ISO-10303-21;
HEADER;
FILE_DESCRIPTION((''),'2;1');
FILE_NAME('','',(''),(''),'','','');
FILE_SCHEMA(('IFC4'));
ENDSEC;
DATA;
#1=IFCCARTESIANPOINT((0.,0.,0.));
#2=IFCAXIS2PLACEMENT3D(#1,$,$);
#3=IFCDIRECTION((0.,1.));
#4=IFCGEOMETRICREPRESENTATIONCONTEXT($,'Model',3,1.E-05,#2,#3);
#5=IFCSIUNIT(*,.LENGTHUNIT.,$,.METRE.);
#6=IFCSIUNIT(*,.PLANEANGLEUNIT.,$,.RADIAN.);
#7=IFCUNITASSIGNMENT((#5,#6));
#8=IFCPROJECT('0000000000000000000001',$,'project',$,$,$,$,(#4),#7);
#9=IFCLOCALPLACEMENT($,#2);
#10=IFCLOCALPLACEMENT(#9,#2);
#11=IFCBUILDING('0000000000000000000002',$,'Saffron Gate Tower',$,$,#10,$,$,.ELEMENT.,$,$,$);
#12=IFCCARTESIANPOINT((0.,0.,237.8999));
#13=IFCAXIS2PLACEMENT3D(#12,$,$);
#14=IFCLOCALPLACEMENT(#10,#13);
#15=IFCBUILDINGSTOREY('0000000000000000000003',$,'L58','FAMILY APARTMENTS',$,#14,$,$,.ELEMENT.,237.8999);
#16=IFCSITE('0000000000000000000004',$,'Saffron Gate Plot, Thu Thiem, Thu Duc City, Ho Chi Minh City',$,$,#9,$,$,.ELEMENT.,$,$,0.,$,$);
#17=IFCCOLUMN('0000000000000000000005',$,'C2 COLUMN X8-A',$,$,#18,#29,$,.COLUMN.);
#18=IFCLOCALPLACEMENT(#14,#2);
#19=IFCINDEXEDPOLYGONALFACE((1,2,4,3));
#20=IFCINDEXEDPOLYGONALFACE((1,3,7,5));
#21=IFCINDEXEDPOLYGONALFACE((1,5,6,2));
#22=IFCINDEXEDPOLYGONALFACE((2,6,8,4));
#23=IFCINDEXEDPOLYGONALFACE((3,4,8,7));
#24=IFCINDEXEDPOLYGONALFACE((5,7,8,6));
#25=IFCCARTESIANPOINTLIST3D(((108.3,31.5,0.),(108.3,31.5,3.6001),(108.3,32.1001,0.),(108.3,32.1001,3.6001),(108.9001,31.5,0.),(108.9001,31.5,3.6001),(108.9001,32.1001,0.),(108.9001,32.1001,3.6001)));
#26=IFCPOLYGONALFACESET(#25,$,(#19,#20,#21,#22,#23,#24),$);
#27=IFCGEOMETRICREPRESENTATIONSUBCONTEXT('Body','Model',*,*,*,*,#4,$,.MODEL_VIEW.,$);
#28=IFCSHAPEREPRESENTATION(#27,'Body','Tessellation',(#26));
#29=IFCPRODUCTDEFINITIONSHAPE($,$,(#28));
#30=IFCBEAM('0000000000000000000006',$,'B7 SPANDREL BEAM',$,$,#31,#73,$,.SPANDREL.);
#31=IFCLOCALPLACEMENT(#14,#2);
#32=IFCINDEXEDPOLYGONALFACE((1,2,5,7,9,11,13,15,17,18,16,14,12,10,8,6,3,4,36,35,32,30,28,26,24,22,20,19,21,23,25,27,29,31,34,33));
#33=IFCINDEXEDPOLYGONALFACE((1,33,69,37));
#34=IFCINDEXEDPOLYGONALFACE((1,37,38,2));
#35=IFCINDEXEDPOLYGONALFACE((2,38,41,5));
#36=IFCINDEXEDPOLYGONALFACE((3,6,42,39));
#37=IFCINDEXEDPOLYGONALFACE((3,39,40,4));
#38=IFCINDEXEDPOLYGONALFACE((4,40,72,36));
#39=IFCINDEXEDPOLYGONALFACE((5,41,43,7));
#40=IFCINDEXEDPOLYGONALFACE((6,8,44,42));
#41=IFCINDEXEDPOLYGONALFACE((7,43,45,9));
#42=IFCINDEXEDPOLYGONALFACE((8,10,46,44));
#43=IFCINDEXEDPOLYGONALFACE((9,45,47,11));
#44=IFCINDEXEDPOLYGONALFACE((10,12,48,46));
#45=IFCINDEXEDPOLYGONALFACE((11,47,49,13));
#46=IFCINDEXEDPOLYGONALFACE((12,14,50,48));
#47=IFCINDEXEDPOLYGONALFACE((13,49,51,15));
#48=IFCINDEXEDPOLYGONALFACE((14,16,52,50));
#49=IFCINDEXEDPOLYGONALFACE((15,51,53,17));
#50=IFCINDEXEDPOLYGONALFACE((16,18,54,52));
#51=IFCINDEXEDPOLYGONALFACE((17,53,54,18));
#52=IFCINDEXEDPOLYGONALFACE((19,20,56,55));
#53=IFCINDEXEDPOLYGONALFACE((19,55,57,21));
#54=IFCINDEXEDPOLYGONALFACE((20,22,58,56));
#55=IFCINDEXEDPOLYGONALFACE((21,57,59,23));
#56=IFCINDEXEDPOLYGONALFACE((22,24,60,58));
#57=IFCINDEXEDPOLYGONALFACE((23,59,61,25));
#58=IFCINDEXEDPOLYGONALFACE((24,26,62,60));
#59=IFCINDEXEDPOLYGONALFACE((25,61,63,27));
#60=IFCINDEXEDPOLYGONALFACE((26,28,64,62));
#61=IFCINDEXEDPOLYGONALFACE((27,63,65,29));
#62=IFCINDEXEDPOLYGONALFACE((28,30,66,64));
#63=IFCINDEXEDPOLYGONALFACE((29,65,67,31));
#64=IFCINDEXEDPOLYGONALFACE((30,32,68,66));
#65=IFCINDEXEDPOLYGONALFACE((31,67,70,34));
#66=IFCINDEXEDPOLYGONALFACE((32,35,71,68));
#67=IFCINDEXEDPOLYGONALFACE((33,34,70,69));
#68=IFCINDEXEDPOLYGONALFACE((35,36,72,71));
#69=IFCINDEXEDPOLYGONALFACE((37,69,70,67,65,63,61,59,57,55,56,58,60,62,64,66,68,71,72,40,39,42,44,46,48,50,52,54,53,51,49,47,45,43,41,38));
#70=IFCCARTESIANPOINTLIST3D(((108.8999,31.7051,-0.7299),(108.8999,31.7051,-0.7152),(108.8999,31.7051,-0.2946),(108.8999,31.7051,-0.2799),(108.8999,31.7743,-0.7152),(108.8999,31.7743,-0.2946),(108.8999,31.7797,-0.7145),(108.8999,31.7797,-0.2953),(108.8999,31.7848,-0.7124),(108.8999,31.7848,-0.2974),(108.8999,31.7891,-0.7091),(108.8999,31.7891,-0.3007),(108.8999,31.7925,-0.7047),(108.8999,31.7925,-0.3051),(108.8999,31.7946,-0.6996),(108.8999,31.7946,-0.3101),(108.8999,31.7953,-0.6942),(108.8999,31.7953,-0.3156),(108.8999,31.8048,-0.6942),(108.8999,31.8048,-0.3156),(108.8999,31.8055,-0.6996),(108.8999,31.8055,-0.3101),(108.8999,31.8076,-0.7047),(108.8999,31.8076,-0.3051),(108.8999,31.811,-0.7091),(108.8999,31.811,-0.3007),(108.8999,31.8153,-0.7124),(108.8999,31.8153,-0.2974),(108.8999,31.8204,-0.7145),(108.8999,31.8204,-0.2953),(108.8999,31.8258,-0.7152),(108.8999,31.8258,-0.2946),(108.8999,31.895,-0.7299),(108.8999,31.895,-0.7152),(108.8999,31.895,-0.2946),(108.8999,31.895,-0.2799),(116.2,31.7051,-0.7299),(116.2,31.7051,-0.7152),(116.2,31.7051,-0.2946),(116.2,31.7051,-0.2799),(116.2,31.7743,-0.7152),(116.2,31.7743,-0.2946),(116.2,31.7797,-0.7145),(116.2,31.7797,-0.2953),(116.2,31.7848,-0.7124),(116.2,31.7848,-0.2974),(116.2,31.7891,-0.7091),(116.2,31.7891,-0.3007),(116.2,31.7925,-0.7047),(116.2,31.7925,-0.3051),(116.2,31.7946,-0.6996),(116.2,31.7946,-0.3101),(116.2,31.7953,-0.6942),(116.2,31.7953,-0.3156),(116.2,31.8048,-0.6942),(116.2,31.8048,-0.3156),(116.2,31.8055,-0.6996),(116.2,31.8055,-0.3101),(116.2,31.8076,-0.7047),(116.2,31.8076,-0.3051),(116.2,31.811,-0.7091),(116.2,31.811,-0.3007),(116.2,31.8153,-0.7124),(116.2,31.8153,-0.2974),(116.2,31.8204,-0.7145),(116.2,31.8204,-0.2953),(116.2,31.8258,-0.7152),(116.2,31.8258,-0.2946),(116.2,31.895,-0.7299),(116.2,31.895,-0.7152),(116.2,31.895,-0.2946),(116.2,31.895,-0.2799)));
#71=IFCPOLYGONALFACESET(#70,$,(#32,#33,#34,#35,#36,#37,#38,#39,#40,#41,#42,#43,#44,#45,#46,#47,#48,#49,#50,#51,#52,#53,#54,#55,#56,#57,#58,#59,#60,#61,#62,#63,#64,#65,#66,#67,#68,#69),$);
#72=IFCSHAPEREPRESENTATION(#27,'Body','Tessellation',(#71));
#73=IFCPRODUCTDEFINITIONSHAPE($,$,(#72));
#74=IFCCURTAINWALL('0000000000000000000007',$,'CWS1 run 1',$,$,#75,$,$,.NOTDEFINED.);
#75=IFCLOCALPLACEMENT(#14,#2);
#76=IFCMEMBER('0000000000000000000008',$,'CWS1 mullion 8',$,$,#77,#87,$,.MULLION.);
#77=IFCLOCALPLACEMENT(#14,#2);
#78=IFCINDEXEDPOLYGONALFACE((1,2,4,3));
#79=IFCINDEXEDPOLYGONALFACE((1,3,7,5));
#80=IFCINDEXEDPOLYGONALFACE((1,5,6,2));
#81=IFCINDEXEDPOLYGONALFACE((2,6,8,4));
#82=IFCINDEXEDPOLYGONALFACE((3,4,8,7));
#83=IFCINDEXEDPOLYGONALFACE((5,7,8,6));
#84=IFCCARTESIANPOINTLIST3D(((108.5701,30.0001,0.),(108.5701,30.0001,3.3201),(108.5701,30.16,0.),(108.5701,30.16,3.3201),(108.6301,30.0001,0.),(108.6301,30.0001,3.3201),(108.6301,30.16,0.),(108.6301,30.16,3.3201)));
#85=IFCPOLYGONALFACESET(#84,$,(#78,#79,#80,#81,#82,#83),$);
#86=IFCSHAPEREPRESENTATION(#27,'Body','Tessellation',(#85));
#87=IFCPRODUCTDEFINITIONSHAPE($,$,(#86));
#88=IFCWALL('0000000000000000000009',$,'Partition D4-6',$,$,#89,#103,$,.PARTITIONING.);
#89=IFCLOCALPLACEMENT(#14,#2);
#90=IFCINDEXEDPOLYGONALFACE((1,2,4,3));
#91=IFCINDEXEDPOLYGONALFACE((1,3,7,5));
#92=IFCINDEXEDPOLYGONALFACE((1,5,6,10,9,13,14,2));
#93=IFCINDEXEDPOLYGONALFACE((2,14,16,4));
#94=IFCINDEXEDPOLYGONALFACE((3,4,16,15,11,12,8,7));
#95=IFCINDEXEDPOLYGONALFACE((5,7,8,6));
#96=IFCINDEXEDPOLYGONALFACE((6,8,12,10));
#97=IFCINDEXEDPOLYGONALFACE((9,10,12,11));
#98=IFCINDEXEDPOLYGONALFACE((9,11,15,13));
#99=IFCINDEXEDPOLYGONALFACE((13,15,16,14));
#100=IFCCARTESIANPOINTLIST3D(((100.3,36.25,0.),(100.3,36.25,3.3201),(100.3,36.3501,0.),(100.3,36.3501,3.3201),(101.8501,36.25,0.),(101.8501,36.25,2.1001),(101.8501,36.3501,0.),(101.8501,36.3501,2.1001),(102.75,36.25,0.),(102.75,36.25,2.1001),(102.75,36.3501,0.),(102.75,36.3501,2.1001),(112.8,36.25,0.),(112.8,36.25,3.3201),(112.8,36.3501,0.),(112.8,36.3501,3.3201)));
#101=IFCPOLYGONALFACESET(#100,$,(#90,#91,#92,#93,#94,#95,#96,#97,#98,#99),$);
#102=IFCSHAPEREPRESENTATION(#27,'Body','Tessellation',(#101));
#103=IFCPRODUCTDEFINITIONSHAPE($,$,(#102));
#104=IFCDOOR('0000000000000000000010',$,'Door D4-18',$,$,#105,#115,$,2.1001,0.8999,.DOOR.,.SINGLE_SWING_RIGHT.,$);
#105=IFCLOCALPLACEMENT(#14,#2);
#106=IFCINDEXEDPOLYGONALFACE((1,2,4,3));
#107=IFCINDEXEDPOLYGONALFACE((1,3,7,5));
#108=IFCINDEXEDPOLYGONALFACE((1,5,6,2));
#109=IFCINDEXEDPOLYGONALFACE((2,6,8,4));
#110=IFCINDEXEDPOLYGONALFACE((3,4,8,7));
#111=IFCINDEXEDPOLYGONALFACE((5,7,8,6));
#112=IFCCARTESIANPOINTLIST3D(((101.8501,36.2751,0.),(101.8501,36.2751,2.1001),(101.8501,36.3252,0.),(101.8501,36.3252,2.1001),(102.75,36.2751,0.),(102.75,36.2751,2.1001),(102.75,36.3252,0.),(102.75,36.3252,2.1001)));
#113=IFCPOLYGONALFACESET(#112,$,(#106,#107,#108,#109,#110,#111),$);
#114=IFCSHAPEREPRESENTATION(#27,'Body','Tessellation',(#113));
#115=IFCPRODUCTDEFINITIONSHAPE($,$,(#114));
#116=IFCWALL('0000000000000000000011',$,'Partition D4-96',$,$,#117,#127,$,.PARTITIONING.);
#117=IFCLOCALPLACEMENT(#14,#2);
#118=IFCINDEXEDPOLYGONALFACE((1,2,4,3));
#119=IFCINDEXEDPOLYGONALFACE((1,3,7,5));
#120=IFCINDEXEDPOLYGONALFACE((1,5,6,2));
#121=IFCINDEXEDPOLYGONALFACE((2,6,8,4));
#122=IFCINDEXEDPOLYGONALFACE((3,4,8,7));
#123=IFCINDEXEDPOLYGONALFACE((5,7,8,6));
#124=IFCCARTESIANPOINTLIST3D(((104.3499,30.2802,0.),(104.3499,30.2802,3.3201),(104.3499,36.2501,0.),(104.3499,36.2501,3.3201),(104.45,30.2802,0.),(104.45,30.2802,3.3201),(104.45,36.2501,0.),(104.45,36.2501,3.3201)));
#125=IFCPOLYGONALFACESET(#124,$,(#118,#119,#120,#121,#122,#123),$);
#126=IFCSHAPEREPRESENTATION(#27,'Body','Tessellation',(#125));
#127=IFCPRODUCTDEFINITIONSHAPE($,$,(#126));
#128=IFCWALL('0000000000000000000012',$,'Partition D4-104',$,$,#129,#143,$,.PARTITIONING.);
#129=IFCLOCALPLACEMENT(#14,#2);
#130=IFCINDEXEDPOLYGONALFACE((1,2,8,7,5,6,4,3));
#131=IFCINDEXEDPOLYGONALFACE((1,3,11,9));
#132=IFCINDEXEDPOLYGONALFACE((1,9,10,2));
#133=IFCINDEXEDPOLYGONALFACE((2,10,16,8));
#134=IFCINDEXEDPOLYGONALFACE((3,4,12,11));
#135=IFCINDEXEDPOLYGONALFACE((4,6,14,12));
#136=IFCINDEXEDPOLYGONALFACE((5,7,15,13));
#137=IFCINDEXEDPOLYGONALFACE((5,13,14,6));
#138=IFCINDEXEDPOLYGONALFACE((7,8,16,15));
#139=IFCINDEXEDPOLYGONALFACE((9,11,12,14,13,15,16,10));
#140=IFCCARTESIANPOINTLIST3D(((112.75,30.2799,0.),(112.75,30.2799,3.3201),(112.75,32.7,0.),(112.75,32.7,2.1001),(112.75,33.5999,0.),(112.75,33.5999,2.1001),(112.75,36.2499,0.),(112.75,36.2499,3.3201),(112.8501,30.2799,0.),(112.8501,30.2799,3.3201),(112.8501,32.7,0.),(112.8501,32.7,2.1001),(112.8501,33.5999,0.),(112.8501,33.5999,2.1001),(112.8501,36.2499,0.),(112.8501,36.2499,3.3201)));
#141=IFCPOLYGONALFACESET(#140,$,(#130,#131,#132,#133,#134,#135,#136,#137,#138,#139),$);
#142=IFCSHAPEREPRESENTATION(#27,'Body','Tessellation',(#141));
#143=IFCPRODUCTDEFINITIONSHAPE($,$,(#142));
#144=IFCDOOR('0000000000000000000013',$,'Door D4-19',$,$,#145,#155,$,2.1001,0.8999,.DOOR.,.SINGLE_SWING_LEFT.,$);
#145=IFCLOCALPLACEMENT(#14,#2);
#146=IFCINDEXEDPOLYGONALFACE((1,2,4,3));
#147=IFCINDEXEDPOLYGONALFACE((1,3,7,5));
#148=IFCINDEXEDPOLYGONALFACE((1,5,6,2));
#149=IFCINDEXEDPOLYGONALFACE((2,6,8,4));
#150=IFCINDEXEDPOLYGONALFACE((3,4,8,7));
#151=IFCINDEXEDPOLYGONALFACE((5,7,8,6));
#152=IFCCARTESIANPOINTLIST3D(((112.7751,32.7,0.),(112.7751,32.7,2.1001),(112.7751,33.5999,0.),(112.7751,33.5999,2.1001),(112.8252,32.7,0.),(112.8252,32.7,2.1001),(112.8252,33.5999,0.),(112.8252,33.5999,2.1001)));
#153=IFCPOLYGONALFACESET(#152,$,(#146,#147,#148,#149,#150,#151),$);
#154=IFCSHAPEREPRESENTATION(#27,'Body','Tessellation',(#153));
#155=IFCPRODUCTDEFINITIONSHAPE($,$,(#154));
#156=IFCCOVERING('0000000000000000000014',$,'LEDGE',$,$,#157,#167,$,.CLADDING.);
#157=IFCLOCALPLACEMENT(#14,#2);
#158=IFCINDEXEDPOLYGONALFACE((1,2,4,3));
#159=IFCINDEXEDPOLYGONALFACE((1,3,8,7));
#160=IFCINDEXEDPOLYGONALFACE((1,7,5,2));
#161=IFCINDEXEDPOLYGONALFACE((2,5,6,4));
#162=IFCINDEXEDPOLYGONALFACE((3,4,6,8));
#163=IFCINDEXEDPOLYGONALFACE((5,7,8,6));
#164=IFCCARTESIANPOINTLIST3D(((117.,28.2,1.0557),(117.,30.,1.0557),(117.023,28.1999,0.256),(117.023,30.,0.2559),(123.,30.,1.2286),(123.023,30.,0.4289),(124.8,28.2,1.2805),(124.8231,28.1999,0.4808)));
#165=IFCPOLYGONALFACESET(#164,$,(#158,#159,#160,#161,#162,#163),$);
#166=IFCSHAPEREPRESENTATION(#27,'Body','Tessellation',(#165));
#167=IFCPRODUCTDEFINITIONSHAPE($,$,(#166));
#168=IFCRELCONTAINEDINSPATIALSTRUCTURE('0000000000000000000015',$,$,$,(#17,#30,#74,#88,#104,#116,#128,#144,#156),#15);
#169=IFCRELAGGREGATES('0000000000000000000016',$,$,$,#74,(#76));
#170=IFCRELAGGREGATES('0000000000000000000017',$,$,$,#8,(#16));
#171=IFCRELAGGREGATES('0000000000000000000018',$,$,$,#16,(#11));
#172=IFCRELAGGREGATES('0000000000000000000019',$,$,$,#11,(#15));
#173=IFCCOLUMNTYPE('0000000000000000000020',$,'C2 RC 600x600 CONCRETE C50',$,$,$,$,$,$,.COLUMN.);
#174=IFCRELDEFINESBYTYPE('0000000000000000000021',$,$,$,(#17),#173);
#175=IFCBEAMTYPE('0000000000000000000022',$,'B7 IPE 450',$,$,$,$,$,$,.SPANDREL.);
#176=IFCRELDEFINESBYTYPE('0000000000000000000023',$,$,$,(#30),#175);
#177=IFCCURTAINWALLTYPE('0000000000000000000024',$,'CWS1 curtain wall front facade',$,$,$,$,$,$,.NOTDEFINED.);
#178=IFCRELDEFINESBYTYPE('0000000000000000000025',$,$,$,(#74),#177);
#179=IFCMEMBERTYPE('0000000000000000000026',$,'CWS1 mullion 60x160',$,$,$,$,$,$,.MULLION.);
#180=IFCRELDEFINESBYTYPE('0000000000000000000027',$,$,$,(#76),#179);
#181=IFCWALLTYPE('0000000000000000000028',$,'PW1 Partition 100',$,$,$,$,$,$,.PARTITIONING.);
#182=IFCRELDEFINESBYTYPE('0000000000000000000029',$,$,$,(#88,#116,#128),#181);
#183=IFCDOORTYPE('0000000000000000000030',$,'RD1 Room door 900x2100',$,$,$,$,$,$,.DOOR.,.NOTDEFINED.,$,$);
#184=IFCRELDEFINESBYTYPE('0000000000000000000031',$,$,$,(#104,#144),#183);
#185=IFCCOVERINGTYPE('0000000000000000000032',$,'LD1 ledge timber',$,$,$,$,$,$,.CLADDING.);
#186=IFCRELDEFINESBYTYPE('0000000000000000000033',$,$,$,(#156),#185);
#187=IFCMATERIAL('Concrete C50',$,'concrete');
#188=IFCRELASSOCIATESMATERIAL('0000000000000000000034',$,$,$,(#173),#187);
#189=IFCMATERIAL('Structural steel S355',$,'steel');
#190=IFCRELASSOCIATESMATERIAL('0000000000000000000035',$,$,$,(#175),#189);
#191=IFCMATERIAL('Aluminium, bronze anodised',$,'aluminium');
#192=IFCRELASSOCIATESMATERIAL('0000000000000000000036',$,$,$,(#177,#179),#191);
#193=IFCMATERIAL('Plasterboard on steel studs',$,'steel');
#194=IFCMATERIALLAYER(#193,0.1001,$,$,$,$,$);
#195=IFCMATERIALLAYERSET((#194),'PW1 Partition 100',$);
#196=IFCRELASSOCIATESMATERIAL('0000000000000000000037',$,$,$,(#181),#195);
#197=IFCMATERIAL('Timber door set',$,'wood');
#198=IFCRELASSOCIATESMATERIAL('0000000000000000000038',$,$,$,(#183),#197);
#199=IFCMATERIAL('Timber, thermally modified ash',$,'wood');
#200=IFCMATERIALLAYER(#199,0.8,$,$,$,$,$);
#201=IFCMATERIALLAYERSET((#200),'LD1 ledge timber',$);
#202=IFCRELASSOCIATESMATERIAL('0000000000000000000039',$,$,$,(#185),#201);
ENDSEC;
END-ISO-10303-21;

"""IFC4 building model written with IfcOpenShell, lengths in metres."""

from ifc_helpers import new_model, si_unit, direction, frame, frame_2d, origin, origin_2d, place, context, subcontext, project, spatial, polyline, rectangle, i_section, outline, extrude, material, layer, layer_set, material_profile, profile_set, type_object, element, fill, aggregate, save


model = new_model("IFC4")

# Units and contexts
model_context = context("Model", 3, precision=1e-05, world=origin(), true_north=direction((0.0, 1.0)))
body_context = subcontext(model_context, "Body", "Model", "MODEL_VIEW")
ifc_project = project(units=[si_unit("LENGTHUNIT", "METRE"), si_unit("PLANEANGLEUNIT", "RADIAN")], contexts=[model_context])

# Site, building, storey
site_placement = place(None, origin())
site = spatial("IfcSite", under=ifc_project, at=site_placement, Name="Saffron Gate Plot, Thu Thiem, Thu Duc City, Ho Chi Minh City", CompositionType="ELEMENT", RefElevation=0.0)
building_placement = place(site_placement, origin())
building = spatial("IfcBuilding", under=site, at=building_placement, Name="Saffron Gate Tower", CompositionType="ELEMENT")
storey_placement = place(building_placement, frame((0.0, 0.0, 237.8999)))
storey = spatial("IfcBuildingStorey", under=building, at=storey_placement, Name="L58", Description="FAMILY APARTMENTS", CompositionType="ELEMENT", Elevation=237.8999)

# Column
ifc_material_1 = material(Name="Concrete C50", Category="concrete")
ifc_material_profile_1 = material_profile(ifc_material_1, rectangle(XDim=0.6001, YDim=0.6001, at=origin_2d()))
ifc_profile_set_1 = profile_set([ifc_material_profile_1], Name="Concrete C50")
column_type = type_object("IfcColumnType", Name="C2 RC 600x600 CONCRETE C50", PredefinedType="COLUMN", material=ifc_profile_set_1)
column_placement = place(storey_placement, frame((108.6001, 31.8, 0.0), z_axis=(0.0, 0.0, 1.0), x_axis=(1.0, 0.0, 0.0)))
element("IfcColumn", 1, at=column_placement, inside=storey, type_object=column_type, Name="C2 COLUMN X8-A", PredefinedType="COLUMN", context=body_context, shape_type="SweptSolid", body=[
    extrude(rectangle(XDim=0.6001, YDim=0.6001, at=origin_2d()), origin(), (0.0, 0.0, 1.0), 3.6001),
])

# Beam
ifc_material_2 = material(Name="Structural steel S355", Category="steel")
ifc_material_profile_2 = material_profile(ifc_material_2, i_section(OverallWidth=0.1899, OverallDepth=0.45, WebThickness=0.0095, FlangeThickness=0.0146, FilletRadius=0.021, at=origin_2d()))
ifc_profile_set_2 = profile_set([ifc_material_profile_2], Name="Structural steel S355")
beam_type = type_object("IfcBeamType", Name="B7 IPE 450", PredefinedType="SPANDREL", material=ifc_profile_set_2)
beam_placement = place(storey_placement, frame((108.8999, 31.8, -0.5049), z_axis=(1.0, 0.0, 0.0), x_axis=(0.0, 1.0, 0.0)))
element("IfcBeam", 2, at=beam_placement, inside=storey, type_object=beam_type, Name="B7 SPANDREL BEAM", PredefinedType="SPANDREL", context=body_context, shape_type="SweptSolid", body=[
    extrude(i_section(OverallWidth=0.1899, OverallDepth=0.45, WebThickness=0.0095, FlangeThickness=0.0146, FilletRadius=0.021, at=origin_2d()), origin(), (0.0, 0.0, 1.0), 7.3),
])

# Curtain wall, member
ifc_material_3 = material(Name="Aluminium, bronze anodised", Category="aluminium")
curtain_wall_type = type_object("IfcCurtainWallType", Name="CWS1 curtain wall front facade", PredefinedType="NOTDEFINED", material=ifc_material_3)
curtain_wall_placement = place(storey_placement, origin())
curtain_wall = element("IfcCurtainWall", 3, at=curtain_wall_placement, inside=storey, type_object=curtain_wall_type, Name="CWS1 run 1", PredefinedType="NOTDEFINED")
ifc_material_profile_3 = material_profile(ifc_material_3, rectangle(XDim=0.1599, YDim=0.0601, at=origin_2d()))
ifc_profile_set_3 = profile_set([ifc_material_profile_3], Name="Aluminium, bronze anodised")
member_type = type_object("IfcMemberType", Name="CWS1 mullion 60x160", PredefinedType="MULLION", material=ifc_profile_set_3)
member_placement = place(storey_placement, frame((108.6001, 30.0801, 0.0), z_axis=(0.0, 0.0, 1.0), x_axis=(0.0, 1.0, 0.0)))
member = element("IfcMember", 4, at=member_placement, type_object=member_type, Name="CWS1 mullion 8", PredefinedType="MULLION", context=body_context, shape_type="SweptSolid", body=[
    extrude(rectangle(XDim=0.1599, YDim=0.0601, at=origin_2d()), origin(), (0.0, 0.0, 1.0), 3.3201),
])
aggregate(curtain_wall, [member])

# Wall, opening, door
ifc_material_4 = material(Name="Plasterboard on steel studs", Category="steel")
ifc_layer_1 = layer(ifc_material_4, 0.1001)
ifc_layer_set_1 = layer_set([ifc_layer_1], Name="PW1 Partition 100")
wall_type = type_object("IfcWallType", Name="PW1 Partition 100", PredefinedType="PARTITIONING", material=ifc_layer_set_1)
wall_1_placement = place(storey_placement, frame((112.8, 36.3, 0.0), z_axis=(0.0, 0.0, 1.0), x_axis=(-1.0, 0.0, 0.0)))
wall_1 = element("IfcWall", 5, at=wall_1_placement, inside=storey, type_object=wall_type, Name="Partition D4-6", PredefinedType="PARTITIONING", context=body_context, shape_type="SweptSolid", body=[
    extrude(rectangle(XDim=12.5, YDim=0.1001, at=frame_2d((6.25, 0.0))), origin(), (0.0, 0.0, 1.0), 3.3201),
])
opening_1_placement = place(wall_1_placement, frame((10.05, 0.0, 0.0)))
opening_1 = element("IfcOpeningElement", 6, at=opening_1_placement, cuts=wall_1, PredefinedType="OPENING", context=body_context, shape_type="SweptSolid", body=[
    extrude(rectangle(XDim=0.8999, YDim=2.1001, at=frame_2d((0.45, 1.05))), frame((0.0, 0.0601, 0.0), z_axis=(0.0, -1.0, 0.0), x_axis=(1.0, 0.0, 0.0)), (0.0, 0.0, 1.0), 0.1201),
])
ifc_material_5 = material(Name="Timber door set", Category="wood")
door_type = type_object("IfcDoorType", Name="RD1 Room door 900x2100", OperationType="NOTDEFINED", PredefinedType="DOOR", material=ifc_material_5)
door_1_placement = place(opening_1_placement, origin())
door_1 = element("IfcDoor", 7, at=door_1_placement, inside=storey, type_object=door_type, Name="Door D4-18", OperationType="SINGLE_SWING_RIGHT", OverallHeight=2.1001, OverallWidth=0.8999, PredefinedType="DOOR", context=body_context, shape_type="SweptSolid", body=[
    extrude(rectangle(XDim=0.8999, YDim=2.1001, at=frame_2d((0.45, 1.05))), frame((0.0, 0.0249, 0.0), z_axis=(0.0, -1.0, 0.0), x_axis=(1.0, 0.0, 0.0)), (0.0, 0.0, 1.0), 0.05),
])
fill(opening_1, door_1)

# Wall
wall_2_placement = place(storey_placement, frame((104.3999, 36.25, 0.0), z_axis=(0.0, 0.0, 1.0), x_axis=(0.0, -1.0, 0.0)))
element("IfcWall", 8, at=wall_2_placement, inside=storey, type_object=wall_type, Name="Partition D4-96", PredefinedType="PARTITIONING", context=body_context, shape_type="SweptSolid", body=[
    extrude(rectangle(XDim=5.97, YDim=0.1001, at=frame_2d((2.9849, 0.0))), origin(), (0.0, 0.0, 1.0), 3.3201),
])

# Wall, opening, door
wall_3_placement = place(storey_placement, frame((112.8, 30.28, 0.0), z_axis=(0.0, 0.0, 1.0), x_axis=(0.0, 1.0, 0.0)))
wall_3 = element("IfcWall", 9, at=wall_3_placement, inside=storey, type_object=wall_type, Name="Partition D4-104", PredefinedType="PARTITIONING", context=body_context, shape_type="SweptSolid", body=[
    extrude(rectangle(XDim=5.97, YDim=0.1001, at=frame_2d((2.9849, 0.0))), origin(), (0.0, 0.0, 1.0), 3.3201),
])
opening_2_placement = place(wall_3_placement, frame((2.4199, 0.0, 0.0)))
opening_2 = element("IfcOpeningElement", 10, at=opening_2_placement, cuts=wall_3, PredefinedType="OPENING", context=body_context, shape_type="SweptSolid", body=[
    extrude(rectangle(XDim=0.8999, YDim=2.1001, at=frame_2d((0.45, 1.05))), frame((0.0, 0.0601, 0.0), z_axis=(0.0, -1.0, 0.0), x_axis=(1.0, 0.0, 0.0)), (0.0, 0.0, 1.0), 0.1201),
])
door_2_placement = place(opening_2_placement, origin())
door_2 = element("IfcDoor", 11, at=door_2_placement, inside=storey, type_object=door_type, Name="Door D4-19", OperationType="SINGLE_SWING_LEFT", OverallHeight=2.1001, OverallWidth=0.8999, PredefinedType="DOOR", context=body_context, shape_type="SweptSolid", body=[
    extrude(rectangle(XDim=0.8999, YDim=2.1001, at=frame_2d((0.45, 1.05))), frame((0.0, 0.0249, 0.0), z_axis=(0.0, -1.0, 0.0), x_axis=(1.0, 0.0, 0.0)), (0.0, 0.0, 1.0), 0.05),
])
fill(opening_2, door_2)

# Covering
ifc_material_6 = material(Name="Timber, thermally modified ash", Category="wood")
ifc_layer_2 = layer(ifc_material_6, 0.8)
ifc_layer_set_2 = layer_set([ifc_layer_2], Name="LD1 ledge timber")
covering_type_1 = type_object("IfcCoveringType", Name="LD1 ledge timber", PredefinedType="CLADDING", material=ifc_layer_set_2)
covering_1_placement = place(storey_placement, frame((117.0, 30.0, 1.0557), z_axis=(-0.028807, 0.000035, 0.999585), x_axis=(0.999585, 0.0, 0.028807)))
element("IfcCovering", 12, at=covering_1_placement, inside=storey, type_object=covering_type_1, Name="LEDGE", PredefinedType="CLADDING", context=body_context, shape_type="SweptSolid", body=[
    extrude(outline(polyline([(0.0, 0.0), (6.0025, 0.0), (7.8033, -1.8), (0.0, -1.8), (0.0, 0.0)])), origin(), (0.0, 0.0, -1.0), 0.8),
])

save(model, "model.ifc")
